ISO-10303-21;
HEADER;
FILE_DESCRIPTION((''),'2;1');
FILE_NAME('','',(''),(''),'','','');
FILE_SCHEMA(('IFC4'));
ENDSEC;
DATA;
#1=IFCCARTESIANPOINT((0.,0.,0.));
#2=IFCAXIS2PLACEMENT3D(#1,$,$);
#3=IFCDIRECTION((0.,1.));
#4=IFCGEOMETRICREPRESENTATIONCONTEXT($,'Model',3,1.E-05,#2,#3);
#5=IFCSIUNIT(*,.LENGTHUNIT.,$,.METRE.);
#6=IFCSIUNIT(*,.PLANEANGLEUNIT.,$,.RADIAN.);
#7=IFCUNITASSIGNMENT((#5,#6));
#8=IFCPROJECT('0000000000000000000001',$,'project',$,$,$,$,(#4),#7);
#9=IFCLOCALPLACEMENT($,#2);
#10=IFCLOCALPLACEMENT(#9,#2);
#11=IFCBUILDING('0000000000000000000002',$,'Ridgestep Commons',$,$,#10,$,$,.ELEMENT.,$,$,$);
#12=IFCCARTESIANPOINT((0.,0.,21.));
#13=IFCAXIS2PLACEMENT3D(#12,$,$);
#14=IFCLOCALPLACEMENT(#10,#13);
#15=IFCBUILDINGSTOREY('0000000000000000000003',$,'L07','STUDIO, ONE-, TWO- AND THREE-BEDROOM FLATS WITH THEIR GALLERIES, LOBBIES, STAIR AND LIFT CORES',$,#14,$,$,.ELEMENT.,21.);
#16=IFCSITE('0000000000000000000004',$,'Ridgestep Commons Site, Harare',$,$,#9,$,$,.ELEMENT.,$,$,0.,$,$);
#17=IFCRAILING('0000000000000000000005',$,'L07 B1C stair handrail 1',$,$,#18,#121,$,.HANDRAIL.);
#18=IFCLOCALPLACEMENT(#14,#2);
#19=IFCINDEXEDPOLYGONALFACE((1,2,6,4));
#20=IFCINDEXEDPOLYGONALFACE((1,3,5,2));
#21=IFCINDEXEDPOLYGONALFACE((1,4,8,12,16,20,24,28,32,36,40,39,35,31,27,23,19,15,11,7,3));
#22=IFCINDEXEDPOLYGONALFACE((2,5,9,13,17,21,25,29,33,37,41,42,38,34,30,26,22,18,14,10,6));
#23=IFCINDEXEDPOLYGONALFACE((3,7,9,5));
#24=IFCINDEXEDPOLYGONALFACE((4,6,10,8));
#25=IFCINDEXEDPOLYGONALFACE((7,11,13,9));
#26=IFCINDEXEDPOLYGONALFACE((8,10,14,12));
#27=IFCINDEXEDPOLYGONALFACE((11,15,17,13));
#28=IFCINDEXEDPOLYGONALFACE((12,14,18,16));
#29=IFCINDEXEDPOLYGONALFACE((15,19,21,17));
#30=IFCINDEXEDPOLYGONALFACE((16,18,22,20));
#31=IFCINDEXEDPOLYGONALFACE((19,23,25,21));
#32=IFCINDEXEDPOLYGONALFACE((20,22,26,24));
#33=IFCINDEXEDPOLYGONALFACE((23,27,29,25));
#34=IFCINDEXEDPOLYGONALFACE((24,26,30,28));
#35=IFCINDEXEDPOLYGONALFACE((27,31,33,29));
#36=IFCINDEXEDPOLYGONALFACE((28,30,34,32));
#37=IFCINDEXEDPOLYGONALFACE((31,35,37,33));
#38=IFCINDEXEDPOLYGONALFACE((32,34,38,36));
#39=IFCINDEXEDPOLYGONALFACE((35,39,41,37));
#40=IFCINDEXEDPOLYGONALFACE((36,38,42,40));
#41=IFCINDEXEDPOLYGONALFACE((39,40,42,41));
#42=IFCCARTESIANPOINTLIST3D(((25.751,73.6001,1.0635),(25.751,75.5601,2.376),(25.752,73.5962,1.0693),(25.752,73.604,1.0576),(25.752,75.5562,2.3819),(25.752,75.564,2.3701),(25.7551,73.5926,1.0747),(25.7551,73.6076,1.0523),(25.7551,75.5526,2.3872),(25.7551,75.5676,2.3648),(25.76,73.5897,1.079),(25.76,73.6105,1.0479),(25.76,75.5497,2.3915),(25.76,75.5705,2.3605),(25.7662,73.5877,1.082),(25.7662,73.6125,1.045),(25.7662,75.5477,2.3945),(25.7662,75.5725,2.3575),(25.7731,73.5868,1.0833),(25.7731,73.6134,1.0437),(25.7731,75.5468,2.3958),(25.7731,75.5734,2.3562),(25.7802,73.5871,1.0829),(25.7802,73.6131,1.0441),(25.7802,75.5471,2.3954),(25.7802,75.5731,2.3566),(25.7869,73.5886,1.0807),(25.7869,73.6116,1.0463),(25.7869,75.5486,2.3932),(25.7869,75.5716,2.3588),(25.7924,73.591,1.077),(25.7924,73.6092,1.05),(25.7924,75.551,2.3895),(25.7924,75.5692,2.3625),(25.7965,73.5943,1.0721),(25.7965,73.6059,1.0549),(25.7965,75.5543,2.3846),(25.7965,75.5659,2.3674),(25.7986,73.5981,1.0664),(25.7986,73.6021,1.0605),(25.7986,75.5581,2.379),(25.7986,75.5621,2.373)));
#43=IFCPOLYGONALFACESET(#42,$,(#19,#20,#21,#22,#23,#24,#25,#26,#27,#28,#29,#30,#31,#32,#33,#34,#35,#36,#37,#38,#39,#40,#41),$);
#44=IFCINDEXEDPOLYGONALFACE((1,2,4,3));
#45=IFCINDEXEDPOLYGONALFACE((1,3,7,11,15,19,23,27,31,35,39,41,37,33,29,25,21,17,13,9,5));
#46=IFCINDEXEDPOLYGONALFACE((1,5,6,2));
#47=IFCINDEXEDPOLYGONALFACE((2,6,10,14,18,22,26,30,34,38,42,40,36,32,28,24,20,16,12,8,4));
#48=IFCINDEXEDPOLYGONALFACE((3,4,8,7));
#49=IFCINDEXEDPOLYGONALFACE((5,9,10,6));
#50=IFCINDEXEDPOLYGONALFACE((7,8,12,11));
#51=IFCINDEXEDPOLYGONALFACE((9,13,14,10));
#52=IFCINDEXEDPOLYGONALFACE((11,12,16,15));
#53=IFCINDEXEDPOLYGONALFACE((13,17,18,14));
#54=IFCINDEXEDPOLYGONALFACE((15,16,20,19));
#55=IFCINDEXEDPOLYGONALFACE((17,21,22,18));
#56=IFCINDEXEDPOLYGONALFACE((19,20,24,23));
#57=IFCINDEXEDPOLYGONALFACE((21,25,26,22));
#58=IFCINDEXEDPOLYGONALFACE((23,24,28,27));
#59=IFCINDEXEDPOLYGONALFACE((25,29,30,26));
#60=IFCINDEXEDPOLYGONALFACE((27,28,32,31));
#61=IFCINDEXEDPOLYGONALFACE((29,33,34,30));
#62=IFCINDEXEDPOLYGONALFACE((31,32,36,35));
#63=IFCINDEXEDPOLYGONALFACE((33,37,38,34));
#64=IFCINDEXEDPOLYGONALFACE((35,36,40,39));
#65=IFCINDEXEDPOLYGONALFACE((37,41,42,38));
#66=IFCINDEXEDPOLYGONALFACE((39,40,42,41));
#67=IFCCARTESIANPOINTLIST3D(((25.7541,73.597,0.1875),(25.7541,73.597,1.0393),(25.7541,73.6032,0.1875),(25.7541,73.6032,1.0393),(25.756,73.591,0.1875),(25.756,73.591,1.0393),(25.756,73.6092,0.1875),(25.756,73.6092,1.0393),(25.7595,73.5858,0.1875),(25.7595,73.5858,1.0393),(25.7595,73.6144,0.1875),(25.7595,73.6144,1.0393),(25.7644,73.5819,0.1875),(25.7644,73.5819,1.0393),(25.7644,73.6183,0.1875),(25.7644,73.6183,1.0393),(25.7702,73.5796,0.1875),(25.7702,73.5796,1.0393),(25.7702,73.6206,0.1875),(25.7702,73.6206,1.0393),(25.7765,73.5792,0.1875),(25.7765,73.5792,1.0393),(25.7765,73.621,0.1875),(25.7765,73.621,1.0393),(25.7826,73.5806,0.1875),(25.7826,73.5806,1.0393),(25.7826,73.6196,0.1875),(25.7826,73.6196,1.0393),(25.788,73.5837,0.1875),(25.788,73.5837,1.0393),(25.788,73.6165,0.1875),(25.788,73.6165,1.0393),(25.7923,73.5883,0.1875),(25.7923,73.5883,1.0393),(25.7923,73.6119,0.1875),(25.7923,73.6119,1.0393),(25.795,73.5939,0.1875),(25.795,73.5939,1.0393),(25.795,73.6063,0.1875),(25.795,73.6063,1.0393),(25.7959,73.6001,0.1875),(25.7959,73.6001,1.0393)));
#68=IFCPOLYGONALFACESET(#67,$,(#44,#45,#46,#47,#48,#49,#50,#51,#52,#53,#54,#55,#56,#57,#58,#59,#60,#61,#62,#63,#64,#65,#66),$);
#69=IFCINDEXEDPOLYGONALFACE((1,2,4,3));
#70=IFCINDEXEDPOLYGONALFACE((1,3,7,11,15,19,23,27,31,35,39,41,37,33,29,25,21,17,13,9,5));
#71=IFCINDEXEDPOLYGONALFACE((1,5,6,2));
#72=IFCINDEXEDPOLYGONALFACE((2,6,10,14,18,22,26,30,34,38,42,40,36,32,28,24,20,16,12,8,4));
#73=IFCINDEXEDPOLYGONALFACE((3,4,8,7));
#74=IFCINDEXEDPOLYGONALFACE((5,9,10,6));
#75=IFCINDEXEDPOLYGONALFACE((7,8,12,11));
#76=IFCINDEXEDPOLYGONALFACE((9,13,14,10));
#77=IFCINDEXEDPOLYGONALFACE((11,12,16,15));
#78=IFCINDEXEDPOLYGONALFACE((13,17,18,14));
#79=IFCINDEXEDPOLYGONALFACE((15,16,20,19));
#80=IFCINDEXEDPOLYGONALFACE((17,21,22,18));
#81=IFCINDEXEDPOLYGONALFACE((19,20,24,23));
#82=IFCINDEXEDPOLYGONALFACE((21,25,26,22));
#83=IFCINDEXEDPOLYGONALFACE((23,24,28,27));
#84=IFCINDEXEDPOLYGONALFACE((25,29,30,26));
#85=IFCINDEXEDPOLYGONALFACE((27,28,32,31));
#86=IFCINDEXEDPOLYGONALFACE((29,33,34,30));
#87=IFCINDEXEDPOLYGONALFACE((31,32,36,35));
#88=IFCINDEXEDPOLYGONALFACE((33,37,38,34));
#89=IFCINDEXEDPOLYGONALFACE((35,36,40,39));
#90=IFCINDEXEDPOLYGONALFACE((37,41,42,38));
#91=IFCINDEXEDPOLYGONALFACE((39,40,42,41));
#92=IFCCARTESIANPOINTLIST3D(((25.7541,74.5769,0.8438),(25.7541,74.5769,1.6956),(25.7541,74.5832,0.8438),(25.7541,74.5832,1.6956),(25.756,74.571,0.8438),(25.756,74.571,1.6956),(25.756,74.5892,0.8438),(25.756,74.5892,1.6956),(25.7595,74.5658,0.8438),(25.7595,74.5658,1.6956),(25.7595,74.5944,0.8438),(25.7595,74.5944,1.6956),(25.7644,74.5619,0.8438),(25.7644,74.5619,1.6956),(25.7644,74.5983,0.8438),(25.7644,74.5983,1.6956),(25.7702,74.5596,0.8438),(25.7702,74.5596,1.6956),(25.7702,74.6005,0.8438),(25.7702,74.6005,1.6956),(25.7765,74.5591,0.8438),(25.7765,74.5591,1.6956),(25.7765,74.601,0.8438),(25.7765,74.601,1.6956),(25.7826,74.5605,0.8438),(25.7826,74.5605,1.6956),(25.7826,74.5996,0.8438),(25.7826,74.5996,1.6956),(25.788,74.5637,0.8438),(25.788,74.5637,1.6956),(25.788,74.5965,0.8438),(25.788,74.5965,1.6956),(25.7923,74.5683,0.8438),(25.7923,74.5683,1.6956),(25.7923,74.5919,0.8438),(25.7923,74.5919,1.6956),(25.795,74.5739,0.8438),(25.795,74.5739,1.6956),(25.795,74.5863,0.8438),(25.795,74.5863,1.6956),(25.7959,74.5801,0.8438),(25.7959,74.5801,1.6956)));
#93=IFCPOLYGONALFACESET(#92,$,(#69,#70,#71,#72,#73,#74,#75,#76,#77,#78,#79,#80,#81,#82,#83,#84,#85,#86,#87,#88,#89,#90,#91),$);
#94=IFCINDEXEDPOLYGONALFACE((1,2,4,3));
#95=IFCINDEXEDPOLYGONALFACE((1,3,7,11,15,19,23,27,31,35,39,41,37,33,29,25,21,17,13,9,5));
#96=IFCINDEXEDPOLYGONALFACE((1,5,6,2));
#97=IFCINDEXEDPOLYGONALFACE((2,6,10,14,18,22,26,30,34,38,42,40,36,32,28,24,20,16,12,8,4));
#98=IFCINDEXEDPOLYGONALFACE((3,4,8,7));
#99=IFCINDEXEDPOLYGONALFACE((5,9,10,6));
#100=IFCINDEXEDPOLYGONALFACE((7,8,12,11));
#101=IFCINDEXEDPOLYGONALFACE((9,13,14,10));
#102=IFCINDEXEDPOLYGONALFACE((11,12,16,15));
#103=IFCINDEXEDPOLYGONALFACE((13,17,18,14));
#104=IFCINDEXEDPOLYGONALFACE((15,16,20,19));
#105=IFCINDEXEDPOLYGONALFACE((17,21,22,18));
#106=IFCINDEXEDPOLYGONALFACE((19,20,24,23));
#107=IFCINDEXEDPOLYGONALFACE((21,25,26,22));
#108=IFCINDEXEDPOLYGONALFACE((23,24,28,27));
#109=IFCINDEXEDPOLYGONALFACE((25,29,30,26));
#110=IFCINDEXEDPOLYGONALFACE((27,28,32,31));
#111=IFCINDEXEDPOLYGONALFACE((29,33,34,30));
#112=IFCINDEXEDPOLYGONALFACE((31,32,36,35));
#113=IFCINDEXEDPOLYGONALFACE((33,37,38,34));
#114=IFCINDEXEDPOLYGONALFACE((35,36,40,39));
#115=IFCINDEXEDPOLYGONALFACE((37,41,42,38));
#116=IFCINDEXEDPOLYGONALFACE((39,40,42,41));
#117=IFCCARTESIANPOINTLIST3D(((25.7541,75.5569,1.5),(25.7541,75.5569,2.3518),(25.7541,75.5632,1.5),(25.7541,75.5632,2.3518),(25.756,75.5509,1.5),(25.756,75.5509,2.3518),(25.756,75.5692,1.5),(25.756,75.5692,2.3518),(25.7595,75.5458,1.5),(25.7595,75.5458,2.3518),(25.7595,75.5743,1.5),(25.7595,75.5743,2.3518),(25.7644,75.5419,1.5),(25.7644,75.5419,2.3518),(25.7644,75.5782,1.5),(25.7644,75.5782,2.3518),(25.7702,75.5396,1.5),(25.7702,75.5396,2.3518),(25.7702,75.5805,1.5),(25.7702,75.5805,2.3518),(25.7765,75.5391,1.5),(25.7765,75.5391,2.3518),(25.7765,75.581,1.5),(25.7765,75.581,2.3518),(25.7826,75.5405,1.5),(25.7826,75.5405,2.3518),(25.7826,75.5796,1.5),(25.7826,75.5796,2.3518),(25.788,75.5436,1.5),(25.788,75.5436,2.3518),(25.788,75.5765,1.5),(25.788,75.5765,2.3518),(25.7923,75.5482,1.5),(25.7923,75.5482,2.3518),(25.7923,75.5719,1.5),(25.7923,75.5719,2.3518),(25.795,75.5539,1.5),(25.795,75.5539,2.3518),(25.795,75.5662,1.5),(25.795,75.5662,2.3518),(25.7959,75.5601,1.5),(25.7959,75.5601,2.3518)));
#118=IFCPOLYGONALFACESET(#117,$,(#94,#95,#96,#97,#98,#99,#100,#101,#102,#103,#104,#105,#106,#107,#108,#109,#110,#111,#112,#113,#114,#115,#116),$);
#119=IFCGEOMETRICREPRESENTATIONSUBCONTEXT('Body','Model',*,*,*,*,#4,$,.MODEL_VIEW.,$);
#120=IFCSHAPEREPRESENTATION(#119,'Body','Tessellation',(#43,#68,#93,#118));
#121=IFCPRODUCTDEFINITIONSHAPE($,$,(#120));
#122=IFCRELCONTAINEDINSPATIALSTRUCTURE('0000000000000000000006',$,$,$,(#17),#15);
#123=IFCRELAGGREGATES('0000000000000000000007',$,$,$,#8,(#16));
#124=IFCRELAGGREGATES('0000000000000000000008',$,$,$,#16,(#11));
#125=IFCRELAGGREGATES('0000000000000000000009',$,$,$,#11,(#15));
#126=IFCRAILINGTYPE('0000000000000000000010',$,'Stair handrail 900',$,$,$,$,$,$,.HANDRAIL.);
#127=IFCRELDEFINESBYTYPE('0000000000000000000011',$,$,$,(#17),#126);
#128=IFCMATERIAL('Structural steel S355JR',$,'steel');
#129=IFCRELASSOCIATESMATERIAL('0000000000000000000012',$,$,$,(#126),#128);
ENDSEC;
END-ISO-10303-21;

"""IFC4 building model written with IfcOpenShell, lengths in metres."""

from ifc_helpers import new_model, si_unit, direction, frame, origin, origin_2d, place, context, subcontext, project, spatial, circle, extrude, material, type_object, element, save


model = new_model("IFC4")

# Units and contexts
model_context = context("Model", 3, precision=1e-05, world=origin(), true_north=direction((0.0, 1.0)))
body_context = subcontext(model_context, "Body", "Model", "MODEL_VIEW")
ifc_project = project(units=[si_unit("LENGTHUNIT", "METRE"), si_unit("PLANEANGLEUNIT", "RADIAN")], contexts=[model_context])

# Site, building, storey
site_placement = place(None, origin())
site = spatial("IfcSite", under=ifc_project, at=site_placement, Name="Ridgestep Commons Site, Harare", CompositionType="ELEMENT", RefElevation=0.0)
building_placement = place(site_placement, origin())
building = spatial("IfcBuilding", under=site, at=building_placement, Name="Ridgestep Commons", CompositionType="ELEMENT")
storey_placement = place(building_placement, frame((0.0, 0.0, 21.0)))
storey = spatial("IfcBuildingStorey", under=building, at=storey_placement, Name="L07", Description="STUDIO, ONE-, TWO- AND THREE-BEDROOM FLATS WITH THEIR GALLERIES, LOBBIES, STAIR AND LIFT CORES", CompositionType="ELEMENT", Elevation=21.0)

# Railing
ifc_material_1 = material(Name="Structural steel S355JR", Category="steel")
railing_type_1 = type_object("IfcRailingType", Name="Stair handrail 900", PredefinedType="HANDRAIL", material=ifc_material_1)
railing_1_placement = place(storey_placement, frame((25.7749, 73.6001, 0.1875)))
element("IfcRailing", 1, at=railing_1_placement, inside=storey, type_object=railing_type_1, Name="L07 B1C stair handrail 1", PredefinedType="HANDRAIL", context=body_context, shape_type="SweptSolid", body=[
    extrude(circle(Radius=0.0239, at=origin_2d()), frame((0.0, 0.0, 0.876), z_axis=(0.0, 0.830902, 0.556419), x_axis=(-1.0, 0.0, 0.0)), (0.0, 0.0, 1.0), 2.3589),
    extrude(circle(Radius=0.021, at=origin_2d()), origin(), (0.0, 0.0, 1.0), 0.8518),
    extrude(circle(Radius=0.021, at=origin_2d()), frame((0.0, 0.98, 0.6562)), (0.0, 0.0, 1.0), 0.8518),
    extrude(circle(Radius=0.021, at=origin_2d()), frame((0.0, 1.96, 1.3125)), (0.0, 0.0, 1.0), 0.8518),
])

save(model, "model.ifc")
